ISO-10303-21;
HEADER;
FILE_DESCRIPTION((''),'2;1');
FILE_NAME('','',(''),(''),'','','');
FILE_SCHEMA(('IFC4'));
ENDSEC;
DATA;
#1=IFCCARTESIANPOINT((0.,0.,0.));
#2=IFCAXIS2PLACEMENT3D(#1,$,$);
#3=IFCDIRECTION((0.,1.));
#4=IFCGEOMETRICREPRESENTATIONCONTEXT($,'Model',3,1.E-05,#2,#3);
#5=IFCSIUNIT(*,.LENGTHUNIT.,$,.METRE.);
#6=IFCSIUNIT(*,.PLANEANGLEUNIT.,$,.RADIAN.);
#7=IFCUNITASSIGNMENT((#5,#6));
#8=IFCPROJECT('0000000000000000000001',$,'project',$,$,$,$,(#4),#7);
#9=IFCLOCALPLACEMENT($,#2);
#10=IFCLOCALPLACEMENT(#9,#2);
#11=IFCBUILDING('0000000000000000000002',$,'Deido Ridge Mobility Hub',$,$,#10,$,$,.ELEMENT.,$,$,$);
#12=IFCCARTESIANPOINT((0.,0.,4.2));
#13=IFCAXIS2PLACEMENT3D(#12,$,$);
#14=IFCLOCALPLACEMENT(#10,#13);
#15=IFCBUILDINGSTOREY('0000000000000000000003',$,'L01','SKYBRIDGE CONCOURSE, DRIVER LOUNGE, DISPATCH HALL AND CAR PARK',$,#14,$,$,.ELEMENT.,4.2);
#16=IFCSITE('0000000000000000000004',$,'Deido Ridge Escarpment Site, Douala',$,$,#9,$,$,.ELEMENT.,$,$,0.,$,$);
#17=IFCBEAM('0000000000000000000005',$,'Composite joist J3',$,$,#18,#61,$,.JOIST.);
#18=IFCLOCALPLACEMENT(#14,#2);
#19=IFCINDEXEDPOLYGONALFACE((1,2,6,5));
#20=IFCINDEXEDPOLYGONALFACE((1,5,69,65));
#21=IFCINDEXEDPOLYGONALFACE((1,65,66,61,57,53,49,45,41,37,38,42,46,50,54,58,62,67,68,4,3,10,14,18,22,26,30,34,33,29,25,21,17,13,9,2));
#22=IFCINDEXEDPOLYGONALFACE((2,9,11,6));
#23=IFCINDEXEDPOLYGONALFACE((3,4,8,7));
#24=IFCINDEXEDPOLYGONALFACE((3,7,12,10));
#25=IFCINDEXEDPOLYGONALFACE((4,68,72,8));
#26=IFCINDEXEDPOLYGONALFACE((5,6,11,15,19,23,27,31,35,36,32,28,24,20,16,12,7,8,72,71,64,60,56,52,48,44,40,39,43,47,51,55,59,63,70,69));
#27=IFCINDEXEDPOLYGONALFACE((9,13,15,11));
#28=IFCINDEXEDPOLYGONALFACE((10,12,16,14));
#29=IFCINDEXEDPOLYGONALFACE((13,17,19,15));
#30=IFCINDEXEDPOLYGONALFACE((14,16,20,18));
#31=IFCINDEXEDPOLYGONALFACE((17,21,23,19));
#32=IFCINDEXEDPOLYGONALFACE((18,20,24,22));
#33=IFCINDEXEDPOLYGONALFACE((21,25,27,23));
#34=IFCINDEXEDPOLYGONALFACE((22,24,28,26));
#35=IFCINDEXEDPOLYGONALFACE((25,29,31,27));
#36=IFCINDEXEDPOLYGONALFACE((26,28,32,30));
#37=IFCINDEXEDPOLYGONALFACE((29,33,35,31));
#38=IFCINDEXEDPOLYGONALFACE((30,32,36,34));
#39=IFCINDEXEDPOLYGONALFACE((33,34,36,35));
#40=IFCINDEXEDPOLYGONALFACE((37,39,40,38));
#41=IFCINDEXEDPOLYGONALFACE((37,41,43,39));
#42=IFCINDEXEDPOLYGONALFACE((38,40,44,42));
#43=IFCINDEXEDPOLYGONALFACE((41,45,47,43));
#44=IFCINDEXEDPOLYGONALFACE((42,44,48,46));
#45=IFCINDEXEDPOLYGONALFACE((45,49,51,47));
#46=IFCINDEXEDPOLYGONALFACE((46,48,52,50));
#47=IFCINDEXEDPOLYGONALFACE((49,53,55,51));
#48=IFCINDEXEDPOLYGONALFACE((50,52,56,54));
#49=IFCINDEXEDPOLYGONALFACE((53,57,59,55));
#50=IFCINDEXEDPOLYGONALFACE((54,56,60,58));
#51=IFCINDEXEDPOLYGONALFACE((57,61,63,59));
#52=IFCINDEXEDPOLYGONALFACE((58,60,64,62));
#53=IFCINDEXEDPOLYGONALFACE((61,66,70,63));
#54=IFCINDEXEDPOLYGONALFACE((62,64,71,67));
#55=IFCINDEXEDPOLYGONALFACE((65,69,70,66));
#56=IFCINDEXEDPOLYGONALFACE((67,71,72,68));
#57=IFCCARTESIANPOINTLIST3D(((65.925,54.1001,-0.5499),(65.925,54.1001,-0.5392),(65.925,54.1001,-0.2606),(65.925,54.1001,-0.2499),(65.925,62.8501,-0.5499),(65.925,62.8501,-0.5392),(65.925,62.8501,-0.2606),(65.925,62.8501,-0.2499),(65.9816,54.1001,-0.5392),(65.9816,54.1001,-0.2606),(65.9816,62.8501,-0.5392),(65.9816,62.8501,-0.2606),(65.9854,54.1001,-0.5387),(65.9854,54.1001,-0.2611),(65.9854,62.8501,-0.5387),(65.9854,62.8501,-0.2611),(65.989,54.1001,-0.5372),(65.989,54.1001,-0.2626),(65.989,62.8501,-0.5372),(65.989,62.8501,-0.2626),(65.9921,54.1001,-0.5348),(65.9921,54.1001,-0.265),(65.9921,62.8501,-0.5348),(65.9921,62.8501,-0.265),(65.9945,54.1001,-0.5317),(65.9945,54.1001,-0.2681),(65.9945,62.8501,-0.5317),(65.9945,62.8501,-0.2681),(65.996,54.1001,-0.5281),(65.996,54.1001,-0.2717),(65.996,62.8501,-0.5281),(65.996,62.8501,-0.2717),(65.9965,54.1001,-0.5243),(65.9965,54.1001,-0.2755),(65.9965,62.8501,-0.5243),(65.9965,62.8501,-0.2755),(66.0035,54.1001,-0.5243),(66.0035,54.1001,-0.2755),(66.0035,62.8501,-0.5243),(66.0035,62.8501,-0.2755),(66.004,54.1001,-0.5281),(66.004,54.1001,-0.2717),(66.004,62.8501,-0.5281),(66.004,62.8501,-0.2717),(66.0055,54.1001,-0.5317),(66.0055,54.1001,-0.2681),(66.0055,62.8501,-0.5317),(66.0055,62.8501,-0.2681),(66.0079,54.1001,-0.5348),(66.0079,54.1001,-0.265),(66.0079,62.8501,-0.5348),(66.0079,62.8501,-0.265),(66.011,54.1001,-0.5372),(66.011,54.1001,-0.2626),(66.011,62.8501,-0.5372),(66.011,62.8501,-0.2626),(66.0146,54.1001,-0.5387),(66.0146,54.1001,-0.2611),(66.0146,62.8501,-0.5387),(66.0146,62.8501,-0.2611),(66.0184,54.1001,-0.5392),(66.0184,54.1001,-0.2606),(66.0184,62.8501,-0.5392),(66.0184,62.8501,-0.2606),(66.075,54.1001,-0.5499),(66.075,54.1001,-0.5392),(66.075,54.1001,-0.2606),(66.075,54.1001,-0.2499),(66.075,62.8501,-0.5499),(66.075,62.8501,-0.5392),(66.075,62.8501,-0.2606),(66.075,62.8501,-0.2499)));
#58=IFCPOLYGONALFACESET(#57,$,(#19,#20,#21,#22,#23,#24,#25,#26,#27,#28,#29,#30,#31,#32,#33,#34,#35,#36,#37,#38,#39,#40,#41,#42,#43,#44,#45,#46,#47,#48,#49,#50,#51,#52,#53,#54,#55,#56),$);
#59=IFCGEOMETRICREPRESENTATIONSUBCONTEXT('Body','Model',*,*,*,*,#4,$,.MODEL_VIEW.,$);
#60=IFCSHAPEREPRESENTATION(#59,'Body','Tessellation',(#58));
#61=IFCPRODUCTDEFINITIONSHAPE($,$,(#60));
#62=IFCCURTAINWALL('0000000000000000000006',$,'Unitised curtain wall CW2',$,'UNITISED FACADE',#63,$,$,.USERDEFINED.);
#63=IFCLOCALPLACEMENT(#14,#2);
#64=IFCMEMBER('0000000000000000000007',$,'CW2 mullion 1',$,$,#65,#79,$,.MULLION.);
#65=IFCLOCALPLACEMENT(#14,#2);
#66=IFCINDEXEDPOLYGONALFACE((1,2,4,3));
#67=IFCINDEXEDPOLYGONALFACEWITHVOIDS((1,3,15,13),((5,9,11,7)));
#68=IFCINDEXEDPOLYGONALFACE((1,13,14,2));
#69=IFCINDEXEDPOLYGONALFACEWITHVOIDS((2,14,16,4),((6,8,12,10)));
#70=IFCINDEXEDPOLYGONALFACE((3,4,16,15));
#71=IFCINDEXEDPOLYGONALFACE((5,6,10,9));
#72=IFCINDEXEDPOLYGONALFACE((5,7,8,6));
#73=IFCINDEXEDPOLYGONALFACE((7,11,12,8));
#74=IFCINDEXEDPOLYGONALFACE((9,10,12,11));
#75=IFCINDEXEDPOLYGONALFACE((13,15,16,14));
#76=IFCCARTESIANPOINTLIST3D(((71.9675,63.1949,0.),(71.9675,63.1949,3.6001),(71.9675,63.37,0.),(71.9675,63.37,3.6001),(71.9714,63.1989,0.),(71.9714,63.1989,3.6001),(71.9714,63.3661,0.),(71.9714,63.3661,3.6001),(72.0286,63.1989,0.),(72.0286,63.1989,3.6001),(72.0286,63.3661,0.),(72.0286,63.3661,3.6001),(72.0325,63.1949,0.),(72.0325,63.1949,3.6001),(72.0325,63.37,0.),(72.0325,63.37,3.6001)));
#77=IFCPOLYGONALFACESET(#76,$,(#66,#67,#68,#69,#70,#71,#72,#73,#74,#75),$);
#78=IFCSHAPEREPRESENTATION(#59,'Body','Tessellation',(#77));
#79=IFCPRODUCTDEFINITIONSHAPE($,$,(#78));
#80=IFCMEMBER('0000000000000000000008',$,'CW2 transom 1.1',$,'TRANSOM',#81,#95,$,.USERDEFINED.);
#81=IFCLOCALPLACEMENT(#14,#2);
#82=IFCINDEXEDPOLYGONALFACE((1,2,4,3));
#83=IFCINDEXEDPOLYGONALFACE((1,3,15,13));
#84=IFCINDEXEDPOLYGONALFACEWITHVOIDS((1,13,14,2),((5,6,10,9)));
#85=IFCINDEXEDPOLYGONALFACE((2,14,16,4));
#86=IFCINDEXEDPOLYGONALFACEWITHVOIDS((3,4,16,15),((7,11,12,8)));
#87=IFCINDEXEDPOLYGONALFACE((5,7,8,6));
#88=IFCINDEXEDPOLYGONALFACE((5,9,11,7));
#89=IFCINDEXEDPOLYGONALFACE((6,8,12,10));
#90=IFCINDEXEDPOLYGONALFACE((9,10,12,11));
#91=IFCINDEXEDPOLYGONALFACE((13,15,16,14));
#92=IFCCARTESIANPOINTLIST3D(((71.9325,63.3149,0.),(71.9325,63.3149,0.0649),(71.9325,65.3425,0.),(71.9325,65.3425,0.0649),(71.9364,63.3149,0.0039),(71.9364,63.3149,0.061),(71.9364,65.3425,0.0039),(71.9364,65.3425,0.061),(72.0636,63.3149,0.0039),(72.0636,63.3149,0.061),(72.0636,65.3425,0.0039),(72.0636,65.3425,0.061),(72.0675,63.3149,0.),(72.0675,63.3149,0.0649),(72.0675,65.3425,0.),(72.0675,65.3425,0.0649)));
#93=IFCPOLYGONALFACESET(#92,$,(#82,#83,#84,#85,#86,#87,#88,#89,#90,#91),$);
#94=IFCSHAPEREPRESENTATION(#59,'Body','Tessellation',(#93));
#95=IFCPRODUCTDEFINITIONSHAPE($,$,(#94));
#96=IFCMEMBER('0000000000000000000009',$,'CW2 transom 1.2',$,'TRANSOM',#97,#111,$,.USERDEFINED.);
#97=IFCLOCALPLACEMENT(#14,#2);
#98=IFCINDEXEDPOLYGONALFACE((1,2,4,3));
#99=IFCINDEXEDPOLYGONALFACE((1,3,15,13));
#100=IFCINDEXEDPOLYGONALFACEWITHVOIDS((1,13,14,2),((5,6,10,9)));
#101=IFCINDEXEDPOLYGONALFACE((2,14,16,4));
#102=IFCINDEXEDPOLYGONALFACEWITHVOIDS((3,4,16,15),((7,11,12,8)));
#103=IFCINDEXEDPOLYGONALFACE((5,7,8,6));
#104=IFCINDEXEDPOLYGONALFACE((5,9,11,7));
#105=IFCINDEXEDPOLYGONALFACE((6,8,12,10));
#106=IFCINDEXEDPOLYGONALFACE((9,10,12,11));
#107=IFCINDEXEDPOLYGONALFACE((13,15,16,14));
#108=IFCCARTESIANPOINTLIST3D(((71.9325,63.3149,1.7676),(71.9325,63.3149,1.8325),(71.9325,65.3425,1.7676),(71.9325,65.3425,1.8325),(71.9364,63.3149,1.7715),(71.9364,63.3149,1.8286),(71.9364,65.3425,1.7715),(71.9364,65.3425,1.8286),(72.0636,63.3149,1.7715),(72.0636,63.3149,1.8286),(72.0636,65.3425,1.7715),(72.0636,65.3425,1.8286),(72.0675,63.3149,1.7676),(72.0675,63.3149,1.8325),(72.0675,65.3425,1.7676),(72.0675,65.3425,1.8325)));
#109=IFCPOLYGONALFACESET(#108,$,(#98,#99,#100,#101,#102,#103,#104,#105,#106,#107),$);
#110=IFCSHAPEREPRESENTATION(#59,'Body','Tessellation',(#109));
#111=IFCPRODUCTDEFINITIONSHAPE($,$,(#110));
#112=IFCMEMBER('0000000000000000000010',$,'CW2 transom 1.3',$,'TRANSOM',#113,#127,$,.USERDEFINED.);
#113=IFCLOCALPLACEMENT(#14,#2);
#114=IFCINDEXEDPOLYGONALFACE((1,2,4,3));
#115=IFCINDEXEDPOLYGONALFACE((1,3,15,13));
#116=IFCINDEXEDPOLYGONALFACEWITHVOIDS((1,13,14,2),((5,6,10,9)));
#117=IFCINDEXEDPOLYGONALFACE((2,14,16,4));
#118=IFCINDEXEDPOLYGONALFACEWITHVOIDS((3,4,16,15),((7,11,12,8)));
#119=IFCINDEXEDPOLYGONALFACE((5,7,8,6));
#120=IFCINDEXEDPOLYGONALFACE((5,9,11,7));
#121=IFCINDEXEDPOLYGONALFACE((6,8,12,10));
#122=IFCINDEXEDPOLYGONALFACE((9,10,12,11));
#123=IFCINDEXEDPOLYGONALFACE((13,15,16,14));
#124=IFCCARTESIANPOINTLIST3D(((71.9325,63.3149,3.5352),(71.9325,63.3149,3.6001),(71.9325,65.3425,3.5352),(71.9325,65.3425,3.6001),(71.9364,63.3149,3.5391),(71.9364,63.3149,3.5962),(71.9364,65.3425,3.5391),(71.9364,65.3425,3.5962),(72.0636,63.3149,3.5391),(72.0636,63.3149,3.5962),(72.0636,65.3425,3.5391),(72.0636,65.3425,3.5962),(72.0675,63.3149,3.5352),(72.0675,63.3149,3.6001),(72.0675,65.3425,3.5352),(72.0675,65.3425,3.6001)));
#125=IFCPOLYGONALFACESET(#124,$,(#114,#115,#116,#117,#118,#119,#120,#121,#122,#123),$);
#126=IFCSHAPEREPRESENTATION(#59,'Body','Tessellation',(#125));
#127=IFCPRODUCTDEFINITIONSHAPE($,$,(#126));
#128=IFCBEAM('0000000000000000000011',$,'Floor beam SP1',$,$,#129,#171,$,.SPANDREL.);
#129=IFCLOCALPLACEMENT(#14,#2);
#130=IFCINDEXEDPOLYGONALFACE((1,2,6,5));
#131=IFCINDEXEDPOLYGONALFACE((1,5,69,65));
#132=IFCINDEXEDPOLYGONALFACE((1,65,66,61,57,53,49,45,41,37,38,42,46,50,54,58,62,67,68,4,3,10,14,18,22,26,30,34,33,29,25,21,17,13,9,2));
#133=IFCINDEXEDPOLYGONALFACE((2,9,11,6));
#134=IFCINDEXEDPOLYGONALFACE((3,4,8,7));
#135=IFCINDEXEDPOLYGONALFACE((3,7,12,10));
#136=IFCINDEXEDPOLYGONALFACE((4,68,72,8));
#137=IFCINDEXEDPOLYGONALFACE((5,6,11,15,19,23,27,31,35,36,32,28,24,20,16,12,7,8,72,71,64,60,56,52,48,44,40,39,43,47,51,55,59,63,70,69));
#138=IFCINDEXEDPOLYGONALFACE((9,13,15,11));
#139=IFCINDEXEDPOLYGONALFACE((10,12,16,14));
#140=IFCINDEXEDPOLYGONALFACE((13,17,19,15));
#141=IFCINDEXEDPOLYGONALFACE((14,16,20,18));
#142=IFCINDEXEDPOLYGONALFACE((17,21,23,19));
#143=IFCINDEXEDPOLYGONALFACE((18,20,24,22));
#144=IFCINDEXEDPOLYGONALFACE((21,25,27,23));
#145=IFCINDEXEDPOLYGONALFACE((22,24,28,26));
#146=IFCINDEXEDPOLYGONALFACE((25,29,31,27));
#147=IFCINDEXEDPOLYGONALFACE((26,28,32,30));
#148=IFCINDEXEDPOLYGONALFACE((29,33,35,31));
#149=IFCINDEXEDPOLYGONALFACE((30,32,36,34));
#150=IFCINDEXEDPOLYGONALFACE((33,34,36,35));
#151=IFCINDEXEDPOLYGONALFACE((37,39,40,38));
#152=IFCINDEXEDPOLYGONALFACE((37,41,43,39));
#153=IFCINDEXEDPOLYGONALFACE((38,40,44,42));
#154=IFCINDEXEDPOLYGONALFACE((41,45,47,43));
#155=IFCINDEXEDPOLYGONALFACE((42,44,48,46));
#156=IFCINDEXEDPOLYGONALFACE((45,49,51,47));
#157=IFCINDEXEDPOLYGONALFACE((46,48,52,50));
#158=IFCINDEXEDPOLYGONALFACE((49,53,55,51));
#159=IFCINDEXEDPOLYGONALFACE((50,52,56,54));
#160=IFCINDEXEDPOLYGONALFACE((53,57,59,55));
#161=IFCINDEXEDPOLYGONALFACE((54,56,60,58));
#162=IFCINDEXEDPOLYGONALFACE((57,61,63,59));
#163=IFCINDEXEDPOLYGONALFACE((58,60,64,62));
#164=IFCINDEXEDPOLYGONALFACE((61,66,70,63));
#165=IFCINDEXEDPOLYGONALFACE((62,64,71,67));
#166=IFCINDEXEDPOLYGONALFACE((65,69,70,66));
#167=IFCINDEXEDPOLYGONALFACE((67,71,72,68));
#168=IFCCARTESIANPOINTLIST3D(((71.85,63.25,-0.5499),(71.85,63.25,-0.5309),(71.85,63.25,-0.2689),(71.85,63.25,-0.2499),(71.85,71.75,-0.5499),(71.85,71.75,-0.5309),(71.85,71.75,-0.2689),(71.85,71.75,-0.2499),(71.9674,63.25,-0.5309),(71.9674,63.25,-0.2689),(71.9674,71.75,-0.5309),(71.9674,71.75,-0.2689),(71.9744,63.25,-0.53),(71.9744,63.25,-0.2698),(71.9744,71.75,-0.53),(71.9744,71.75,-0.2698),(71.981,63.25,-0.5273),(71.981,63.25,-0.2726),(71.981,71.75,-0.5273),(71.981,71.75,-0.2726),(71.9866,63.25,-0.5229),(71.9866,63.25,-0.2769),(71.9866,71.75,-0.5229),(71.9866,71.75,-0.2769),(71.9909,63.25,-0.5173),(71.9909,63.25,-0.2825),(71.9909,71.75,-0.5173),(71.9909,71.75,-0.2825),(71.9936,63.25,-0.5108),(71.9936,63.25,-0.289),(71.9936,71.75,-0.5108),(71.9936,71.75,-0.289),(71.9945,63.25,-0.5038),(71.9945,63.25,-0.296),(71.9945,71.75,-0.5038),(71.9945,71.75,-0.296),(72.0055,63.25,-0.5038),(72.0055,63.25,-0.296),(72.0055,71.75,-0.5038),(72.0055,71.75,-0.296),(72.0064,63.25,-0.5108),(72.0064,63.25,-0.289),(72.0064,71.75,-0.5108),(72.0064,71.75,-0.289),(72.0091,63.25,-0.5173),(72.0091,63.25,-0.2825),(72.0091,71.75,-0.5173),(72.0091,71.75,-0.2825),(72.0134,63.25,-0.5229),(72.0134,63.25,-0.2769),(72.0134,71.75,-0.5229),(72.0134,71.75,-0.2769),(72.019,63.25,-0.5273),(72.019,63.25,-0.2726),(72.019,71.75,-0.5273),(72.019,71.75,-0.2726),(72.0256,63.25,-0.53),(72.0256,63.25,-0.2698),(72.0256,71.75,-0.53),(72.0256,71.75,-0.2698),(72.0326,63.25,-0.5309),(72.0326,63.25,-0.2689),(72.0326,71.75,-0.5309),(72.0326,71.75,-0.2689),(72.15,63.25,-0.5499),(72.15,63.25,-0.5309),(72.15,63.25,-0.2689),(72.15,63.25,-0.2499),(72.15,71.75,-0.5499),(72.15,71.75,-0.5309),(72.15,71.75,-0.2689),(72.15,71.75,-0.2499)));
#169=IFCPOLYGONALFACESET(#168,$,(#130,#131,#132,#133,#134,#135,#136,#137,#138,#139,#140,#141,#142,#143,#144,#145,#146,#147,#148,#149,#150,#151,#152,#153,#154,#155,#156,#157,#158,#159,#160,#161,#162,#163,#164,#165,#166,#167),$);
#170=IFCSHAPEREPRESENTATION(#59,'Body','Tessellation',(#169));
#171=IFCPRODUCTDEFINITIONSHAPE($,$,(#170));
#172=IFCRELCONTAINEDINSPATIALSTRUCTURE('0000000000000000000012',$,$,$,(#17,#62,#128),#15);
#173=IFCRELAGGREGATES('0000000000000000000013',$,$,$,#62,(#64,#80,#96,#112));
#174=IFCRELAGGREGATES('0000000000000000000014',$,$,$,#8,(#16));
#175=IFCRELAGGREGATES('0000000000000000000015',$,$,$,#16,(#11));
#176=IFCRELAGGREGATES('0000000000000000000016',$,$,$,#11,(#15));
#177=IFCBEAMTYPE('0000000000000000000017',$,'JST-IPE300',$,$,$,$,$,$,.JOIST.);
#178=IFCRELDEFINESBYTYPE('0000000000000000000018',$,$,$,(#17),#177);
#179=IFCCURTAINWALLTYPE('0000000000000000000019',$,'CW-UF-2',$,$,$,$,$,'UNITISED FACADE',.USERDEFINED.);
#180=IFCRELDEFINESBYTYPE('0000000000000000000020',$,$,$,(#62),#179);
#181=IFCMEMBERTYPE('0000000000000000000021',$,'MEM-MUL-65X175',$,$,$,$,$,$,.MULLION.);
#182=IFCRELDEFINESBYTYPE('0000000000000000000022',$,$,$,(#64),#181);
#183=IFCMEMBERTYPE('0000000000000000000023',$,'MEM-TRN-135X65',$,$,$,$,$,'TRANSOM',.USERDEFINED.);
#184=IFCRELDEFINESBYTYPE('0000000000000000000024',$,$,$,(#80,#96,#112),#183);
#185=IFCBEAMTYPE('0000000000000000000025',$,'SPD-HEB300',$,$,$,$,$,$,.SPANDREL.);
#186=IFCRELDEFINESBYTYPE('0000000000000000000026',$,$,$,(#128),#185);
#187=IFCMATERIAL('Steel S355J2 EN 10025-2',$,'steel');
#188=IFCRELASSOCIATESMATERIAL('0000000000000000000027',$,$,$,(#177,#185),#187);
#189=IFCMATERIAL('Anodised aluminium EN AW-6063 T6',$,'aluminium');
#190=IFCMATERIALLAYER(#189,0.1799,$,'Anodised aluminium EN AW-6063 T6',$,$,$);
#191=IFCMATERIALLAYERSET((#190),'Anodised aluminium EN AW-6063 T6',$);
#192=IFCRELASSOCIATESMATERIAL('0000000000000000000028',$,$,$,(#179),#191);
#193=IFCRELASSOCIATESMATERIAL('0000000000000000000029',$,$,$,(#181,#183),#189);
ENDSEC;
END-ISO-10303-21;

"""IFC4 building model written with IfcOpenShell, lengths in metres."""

from ifc_helpers import new_model, si_unit, direction, frame, origin, origin_2d, place, context, subcontext, project, spatial, hollow_rectangle, i_section, extrude, material, layer, layer_set, material_profile, profile_set, type_object, element, aggregate, save


model = new_model("IFC4")

# Units and contexts
model_context = context("Model", 3, precision=1e-05, world=origin(), true_north=direction((0.0, 1.0)))
body_context = subcontext(model_context, "Body", "Model", "MODEL_VIEW")
ifc_project = project(units=[si_unit("LENGTHUNIT", "METRE"), si_unit("PLANEANGLEUNIT", "RADIAN")], contexts=[model_context])

# Site, building, storey
site_placement = place(None, origin())
site = spatial("IfcSite", under=ifc_project, at=site_placement, Name="Deido Ridge Escarpment Site, Douala", CompositionType="ELEMENT", RefElevation=0.0)
building_placement = place(site_placement, origin())
building = spatial("IfcBuilding", under=site, at=building_placement, Name="Deido Ridge Mobility Hub", CompositionType="ELEMENT")
storey_placement = place(building_placement, frame((0.0, 0.0, 4.2)))
storey = spatial("IfcBuildingStorey", under=building, at=storey_placement, Name="L01", Description="SKYBRIDGE CONCOURSE, DRIVER LOUNGE, DISPATCH HALL AND CAR PARK", CompositionType="ELEMENT", Elevation=4.2)

# Shared definitions
ifc_material_1 = material(Name="Steel S355J2 EN 10025-2", Category="steel")

# Beam
ifc_material_profile_1 = material_profile(ifc_material_1, i_section(OverallWidth=0.1499, OverallDepth=0.3, WebThickness=0.0071, FlangeThickness=0.0107, FilletRadius=0.0149, at=origin_2d()), Name="IPE 300")
ifc_profile_set_1 = profile_set([ifc_material_profile_1], Name="Steel S355J2 EN 10025-2")
beam_type_1 = type_object("IfcBeamType", Name="JST-IPE300", PredefinedType="JOIST", material=ifc_profile_set_1)
beam_1_placement = place(storey_placement, frame((66.0, 54.1001, -0.3999), z_axis=(0.0, 1.0, 0.0), x_axis=(-1.0, 0.0, 0.0)))
element("IfcBeam", 1, at=beam_1_placement, inside=storey, type_object=beam_type_1, Name="Composite joist J3", PredefinedType="JOIST", context=body_context, shape_type="SweptSolid", body=[
    extrude(i_section(OverallWidth=0.1499, OverallDepth=0.3, WebThickness=0.0071, FlangeThickness=0.0107, FilletRadius=0.0149, at=origin_2d()), origin(), (0.0, 0.0, 1.0), 8.75),
])

# Curtain wall, members
ifc_material_2 = material(Name="Anodised aluminium EN AW-6063 T6", Category="aluminium")
ifc_layer_1 = layer(ifc_material_2, 0.1799, Name="Anodised aluminium EN AW-6063 T6")
ifc_layer_set_1 = layer_set([ifc_layer_1], Name="Anodised aluminium EN AW-6063 T6")
curtain_wall_type = type_object("IfcCurtainWallType", Name="CW-UF-2", ElementType="UNITISED FACADE", PredefinedType="USERDEFINED", material=ifc_layer_set_1)
curtain_wall_placement = place(storey_placement, origin())
curtain_wall = element("IfcCurtainWall", 2, at=curtain_wall_placement, inside=storey, type_object=curtain_wall_type, Name="Unitised curtain wall CW2", ObjectType="UNITISED FACADE", PredefinedType="USERDEFINED")
ifc_material_profile_2 = material_profile(ifc_material_2, hollow_rectangle(XDim=0.0649, YDim=0.175, WallThickness=0.0039, at=origin_2d()), Name="RHS 65x175x4")
ifc_profile_set_2 = profile_set([ifc_material_profile_2], Name="Anodised aluminium EN AW-6063 T6")
member_type_1 = type_object("IfcMemberType", Name="MEM-MUL-65X175", PredefinedType="MULLION", material=ifc_profile_set_2)
member_1_placement = place(storey_placement, frame((72.0, 63.2825, 0.0), z_axis=(0.0, 0.0, 1.0), x_axis=(-1.0, 0.0, 0.0)))
member_1 = element("IfcMember", 3, at=member_1_placement, type_object=member_type_1, Name="CW2 mullion 1", PredefinedType="MULLION", context=body_context, shape_type="SweptSolid", body=[
    extrude(hollow_rectangle(XDim=0.0649, YDim=0.175, WallThickness=0.0039, at=origin_2d()), origin(), (0.0, 0.0, 1.0), 3.6001),
])
ifc_material_profile_3 = material_profile(ifc_material_2, hollow_rectangle(XDim=0.135, YDim=0.0649, WallThickness=0.0039, at=origin_2d()), Name="RHS 135x65x4")
ifc_profile_set_3 = profile_set([ifc_material_profile_3], Name="Anodised aluminium EN AW-6063 T6")
member_type_2 = type_object("IfcMemberType", Name="MEM-TRN-135X65", ElementType="TRANSOM", PredefinedType="USERDEFINED", material=ifc_profile_set_3)
member_2_placement = place(storey_placement, frame((72.0, 63.3149, 0.0325), z_axis=(0.0, 1.0, 0.0), x_axis=(-1.0, 0.0, 0.0)))
member_2 = element("IfcMember", 4, at=member_2_placement, type_object=member_type_2, Name="CW2 transom 1.1", ObjectType="TRANSOM", PredefinedType="USERDEFINED", context=body_context, shape_type="SweptSolid", body=[
    extrude(hollow_rectangle(XDim=0.135, YDim=0.0649, WallThickness=0.0039, at=origin_2d()), origin(), (0.0, 0.0, 1.0), 2.0276),
])
member_3_placement = place(storey_placement, frame((72.0, 63.3149, 1.8), z_axis=(0.0, 1.0, 0.0), x_axis=(-1.0, 0.0, 0.0)))
member_3 = element("IfcMember", 5, at=member_3_placement, type_object=member_type_2, Name="CW2 transom 1.2", ObjectType="TRANSOM", PredefinedType="USERDEFINED", context=body_context, shape_type="SweptSolid", body=[
    extrude(hollow_rectangle(XDim=0.135, YDim=0.0649, WallThickness=0.0039, at=origin_2d()), origin(), (0.0, 0.0, 1.0), 2.0276),
])
member_4_placement = place(storey_placement, frame((72.0, 63.3149, 3.5676), z_axis=(0.0, 1.0, 0.0), x_axis=(-1.0, 0.0, 0.0)))
member_4 = element("IfcMember", 6, at=member_4_placement, type_object=member_type_2, Name="CW2 transom 1.3", ObjectType="TRANSOM", PredefinedType="USERDEFINED", context=body_context, shape_type="SweptSolid", body=[
    extrude(hollow_rectangle(XDim=0.135, YDim=0.0649, WallThickness=0.0039, at=origin_2d()), origin(), (0.0, 0.0, 1.0), 2.0276),
])
aggregate(curtain_wall, [member_1, member_2, member_3, member_4])

# Beam
ifc_material_profile_4 = material_profile(ifc_material_1, i_section(OverallWidth=0.3, OverallDepth=0.3, WebThickness=0.011, FlangeThickness=0.019, FilletRadius=0.0271, at=origin_2d()), Name="HEB 300")
ifc_profile_set_4 = profile_set([ifc_material_profile_4], Name="Steel S355J2 EN 10025-2")
beam_type_2 = type_object("IfcBeamType", Name="SPD-HEB300", PredefinedType="SPANDREL", material=ifc_profile_set_4)
beam_2_placement = place(storey_placement, frame((72.0, 63.25, -0.3999), z_axis=(0.0, 1.0, 0.0), x_axis=(-1.0, 0.0, 0.0)))
element("IfcBeam", 7, at=beam_2_placement, inside=storey, type_object=beam_type_2, Name="Floor beam SP1", PredefinedType="SPANDREL", context=body_context, shape_type="SweptSolid", body=[
    extrude(i_section(OverallWidth=0.3, OverallDepth=0.3, WebThickness=0.011, FlangeThickness=0.019, FilletRadius=0.0271, at=origin_2d()), origin(), (0.0, 0.0, 1.0), 8.5),
])

save(model, "model.ifc")
